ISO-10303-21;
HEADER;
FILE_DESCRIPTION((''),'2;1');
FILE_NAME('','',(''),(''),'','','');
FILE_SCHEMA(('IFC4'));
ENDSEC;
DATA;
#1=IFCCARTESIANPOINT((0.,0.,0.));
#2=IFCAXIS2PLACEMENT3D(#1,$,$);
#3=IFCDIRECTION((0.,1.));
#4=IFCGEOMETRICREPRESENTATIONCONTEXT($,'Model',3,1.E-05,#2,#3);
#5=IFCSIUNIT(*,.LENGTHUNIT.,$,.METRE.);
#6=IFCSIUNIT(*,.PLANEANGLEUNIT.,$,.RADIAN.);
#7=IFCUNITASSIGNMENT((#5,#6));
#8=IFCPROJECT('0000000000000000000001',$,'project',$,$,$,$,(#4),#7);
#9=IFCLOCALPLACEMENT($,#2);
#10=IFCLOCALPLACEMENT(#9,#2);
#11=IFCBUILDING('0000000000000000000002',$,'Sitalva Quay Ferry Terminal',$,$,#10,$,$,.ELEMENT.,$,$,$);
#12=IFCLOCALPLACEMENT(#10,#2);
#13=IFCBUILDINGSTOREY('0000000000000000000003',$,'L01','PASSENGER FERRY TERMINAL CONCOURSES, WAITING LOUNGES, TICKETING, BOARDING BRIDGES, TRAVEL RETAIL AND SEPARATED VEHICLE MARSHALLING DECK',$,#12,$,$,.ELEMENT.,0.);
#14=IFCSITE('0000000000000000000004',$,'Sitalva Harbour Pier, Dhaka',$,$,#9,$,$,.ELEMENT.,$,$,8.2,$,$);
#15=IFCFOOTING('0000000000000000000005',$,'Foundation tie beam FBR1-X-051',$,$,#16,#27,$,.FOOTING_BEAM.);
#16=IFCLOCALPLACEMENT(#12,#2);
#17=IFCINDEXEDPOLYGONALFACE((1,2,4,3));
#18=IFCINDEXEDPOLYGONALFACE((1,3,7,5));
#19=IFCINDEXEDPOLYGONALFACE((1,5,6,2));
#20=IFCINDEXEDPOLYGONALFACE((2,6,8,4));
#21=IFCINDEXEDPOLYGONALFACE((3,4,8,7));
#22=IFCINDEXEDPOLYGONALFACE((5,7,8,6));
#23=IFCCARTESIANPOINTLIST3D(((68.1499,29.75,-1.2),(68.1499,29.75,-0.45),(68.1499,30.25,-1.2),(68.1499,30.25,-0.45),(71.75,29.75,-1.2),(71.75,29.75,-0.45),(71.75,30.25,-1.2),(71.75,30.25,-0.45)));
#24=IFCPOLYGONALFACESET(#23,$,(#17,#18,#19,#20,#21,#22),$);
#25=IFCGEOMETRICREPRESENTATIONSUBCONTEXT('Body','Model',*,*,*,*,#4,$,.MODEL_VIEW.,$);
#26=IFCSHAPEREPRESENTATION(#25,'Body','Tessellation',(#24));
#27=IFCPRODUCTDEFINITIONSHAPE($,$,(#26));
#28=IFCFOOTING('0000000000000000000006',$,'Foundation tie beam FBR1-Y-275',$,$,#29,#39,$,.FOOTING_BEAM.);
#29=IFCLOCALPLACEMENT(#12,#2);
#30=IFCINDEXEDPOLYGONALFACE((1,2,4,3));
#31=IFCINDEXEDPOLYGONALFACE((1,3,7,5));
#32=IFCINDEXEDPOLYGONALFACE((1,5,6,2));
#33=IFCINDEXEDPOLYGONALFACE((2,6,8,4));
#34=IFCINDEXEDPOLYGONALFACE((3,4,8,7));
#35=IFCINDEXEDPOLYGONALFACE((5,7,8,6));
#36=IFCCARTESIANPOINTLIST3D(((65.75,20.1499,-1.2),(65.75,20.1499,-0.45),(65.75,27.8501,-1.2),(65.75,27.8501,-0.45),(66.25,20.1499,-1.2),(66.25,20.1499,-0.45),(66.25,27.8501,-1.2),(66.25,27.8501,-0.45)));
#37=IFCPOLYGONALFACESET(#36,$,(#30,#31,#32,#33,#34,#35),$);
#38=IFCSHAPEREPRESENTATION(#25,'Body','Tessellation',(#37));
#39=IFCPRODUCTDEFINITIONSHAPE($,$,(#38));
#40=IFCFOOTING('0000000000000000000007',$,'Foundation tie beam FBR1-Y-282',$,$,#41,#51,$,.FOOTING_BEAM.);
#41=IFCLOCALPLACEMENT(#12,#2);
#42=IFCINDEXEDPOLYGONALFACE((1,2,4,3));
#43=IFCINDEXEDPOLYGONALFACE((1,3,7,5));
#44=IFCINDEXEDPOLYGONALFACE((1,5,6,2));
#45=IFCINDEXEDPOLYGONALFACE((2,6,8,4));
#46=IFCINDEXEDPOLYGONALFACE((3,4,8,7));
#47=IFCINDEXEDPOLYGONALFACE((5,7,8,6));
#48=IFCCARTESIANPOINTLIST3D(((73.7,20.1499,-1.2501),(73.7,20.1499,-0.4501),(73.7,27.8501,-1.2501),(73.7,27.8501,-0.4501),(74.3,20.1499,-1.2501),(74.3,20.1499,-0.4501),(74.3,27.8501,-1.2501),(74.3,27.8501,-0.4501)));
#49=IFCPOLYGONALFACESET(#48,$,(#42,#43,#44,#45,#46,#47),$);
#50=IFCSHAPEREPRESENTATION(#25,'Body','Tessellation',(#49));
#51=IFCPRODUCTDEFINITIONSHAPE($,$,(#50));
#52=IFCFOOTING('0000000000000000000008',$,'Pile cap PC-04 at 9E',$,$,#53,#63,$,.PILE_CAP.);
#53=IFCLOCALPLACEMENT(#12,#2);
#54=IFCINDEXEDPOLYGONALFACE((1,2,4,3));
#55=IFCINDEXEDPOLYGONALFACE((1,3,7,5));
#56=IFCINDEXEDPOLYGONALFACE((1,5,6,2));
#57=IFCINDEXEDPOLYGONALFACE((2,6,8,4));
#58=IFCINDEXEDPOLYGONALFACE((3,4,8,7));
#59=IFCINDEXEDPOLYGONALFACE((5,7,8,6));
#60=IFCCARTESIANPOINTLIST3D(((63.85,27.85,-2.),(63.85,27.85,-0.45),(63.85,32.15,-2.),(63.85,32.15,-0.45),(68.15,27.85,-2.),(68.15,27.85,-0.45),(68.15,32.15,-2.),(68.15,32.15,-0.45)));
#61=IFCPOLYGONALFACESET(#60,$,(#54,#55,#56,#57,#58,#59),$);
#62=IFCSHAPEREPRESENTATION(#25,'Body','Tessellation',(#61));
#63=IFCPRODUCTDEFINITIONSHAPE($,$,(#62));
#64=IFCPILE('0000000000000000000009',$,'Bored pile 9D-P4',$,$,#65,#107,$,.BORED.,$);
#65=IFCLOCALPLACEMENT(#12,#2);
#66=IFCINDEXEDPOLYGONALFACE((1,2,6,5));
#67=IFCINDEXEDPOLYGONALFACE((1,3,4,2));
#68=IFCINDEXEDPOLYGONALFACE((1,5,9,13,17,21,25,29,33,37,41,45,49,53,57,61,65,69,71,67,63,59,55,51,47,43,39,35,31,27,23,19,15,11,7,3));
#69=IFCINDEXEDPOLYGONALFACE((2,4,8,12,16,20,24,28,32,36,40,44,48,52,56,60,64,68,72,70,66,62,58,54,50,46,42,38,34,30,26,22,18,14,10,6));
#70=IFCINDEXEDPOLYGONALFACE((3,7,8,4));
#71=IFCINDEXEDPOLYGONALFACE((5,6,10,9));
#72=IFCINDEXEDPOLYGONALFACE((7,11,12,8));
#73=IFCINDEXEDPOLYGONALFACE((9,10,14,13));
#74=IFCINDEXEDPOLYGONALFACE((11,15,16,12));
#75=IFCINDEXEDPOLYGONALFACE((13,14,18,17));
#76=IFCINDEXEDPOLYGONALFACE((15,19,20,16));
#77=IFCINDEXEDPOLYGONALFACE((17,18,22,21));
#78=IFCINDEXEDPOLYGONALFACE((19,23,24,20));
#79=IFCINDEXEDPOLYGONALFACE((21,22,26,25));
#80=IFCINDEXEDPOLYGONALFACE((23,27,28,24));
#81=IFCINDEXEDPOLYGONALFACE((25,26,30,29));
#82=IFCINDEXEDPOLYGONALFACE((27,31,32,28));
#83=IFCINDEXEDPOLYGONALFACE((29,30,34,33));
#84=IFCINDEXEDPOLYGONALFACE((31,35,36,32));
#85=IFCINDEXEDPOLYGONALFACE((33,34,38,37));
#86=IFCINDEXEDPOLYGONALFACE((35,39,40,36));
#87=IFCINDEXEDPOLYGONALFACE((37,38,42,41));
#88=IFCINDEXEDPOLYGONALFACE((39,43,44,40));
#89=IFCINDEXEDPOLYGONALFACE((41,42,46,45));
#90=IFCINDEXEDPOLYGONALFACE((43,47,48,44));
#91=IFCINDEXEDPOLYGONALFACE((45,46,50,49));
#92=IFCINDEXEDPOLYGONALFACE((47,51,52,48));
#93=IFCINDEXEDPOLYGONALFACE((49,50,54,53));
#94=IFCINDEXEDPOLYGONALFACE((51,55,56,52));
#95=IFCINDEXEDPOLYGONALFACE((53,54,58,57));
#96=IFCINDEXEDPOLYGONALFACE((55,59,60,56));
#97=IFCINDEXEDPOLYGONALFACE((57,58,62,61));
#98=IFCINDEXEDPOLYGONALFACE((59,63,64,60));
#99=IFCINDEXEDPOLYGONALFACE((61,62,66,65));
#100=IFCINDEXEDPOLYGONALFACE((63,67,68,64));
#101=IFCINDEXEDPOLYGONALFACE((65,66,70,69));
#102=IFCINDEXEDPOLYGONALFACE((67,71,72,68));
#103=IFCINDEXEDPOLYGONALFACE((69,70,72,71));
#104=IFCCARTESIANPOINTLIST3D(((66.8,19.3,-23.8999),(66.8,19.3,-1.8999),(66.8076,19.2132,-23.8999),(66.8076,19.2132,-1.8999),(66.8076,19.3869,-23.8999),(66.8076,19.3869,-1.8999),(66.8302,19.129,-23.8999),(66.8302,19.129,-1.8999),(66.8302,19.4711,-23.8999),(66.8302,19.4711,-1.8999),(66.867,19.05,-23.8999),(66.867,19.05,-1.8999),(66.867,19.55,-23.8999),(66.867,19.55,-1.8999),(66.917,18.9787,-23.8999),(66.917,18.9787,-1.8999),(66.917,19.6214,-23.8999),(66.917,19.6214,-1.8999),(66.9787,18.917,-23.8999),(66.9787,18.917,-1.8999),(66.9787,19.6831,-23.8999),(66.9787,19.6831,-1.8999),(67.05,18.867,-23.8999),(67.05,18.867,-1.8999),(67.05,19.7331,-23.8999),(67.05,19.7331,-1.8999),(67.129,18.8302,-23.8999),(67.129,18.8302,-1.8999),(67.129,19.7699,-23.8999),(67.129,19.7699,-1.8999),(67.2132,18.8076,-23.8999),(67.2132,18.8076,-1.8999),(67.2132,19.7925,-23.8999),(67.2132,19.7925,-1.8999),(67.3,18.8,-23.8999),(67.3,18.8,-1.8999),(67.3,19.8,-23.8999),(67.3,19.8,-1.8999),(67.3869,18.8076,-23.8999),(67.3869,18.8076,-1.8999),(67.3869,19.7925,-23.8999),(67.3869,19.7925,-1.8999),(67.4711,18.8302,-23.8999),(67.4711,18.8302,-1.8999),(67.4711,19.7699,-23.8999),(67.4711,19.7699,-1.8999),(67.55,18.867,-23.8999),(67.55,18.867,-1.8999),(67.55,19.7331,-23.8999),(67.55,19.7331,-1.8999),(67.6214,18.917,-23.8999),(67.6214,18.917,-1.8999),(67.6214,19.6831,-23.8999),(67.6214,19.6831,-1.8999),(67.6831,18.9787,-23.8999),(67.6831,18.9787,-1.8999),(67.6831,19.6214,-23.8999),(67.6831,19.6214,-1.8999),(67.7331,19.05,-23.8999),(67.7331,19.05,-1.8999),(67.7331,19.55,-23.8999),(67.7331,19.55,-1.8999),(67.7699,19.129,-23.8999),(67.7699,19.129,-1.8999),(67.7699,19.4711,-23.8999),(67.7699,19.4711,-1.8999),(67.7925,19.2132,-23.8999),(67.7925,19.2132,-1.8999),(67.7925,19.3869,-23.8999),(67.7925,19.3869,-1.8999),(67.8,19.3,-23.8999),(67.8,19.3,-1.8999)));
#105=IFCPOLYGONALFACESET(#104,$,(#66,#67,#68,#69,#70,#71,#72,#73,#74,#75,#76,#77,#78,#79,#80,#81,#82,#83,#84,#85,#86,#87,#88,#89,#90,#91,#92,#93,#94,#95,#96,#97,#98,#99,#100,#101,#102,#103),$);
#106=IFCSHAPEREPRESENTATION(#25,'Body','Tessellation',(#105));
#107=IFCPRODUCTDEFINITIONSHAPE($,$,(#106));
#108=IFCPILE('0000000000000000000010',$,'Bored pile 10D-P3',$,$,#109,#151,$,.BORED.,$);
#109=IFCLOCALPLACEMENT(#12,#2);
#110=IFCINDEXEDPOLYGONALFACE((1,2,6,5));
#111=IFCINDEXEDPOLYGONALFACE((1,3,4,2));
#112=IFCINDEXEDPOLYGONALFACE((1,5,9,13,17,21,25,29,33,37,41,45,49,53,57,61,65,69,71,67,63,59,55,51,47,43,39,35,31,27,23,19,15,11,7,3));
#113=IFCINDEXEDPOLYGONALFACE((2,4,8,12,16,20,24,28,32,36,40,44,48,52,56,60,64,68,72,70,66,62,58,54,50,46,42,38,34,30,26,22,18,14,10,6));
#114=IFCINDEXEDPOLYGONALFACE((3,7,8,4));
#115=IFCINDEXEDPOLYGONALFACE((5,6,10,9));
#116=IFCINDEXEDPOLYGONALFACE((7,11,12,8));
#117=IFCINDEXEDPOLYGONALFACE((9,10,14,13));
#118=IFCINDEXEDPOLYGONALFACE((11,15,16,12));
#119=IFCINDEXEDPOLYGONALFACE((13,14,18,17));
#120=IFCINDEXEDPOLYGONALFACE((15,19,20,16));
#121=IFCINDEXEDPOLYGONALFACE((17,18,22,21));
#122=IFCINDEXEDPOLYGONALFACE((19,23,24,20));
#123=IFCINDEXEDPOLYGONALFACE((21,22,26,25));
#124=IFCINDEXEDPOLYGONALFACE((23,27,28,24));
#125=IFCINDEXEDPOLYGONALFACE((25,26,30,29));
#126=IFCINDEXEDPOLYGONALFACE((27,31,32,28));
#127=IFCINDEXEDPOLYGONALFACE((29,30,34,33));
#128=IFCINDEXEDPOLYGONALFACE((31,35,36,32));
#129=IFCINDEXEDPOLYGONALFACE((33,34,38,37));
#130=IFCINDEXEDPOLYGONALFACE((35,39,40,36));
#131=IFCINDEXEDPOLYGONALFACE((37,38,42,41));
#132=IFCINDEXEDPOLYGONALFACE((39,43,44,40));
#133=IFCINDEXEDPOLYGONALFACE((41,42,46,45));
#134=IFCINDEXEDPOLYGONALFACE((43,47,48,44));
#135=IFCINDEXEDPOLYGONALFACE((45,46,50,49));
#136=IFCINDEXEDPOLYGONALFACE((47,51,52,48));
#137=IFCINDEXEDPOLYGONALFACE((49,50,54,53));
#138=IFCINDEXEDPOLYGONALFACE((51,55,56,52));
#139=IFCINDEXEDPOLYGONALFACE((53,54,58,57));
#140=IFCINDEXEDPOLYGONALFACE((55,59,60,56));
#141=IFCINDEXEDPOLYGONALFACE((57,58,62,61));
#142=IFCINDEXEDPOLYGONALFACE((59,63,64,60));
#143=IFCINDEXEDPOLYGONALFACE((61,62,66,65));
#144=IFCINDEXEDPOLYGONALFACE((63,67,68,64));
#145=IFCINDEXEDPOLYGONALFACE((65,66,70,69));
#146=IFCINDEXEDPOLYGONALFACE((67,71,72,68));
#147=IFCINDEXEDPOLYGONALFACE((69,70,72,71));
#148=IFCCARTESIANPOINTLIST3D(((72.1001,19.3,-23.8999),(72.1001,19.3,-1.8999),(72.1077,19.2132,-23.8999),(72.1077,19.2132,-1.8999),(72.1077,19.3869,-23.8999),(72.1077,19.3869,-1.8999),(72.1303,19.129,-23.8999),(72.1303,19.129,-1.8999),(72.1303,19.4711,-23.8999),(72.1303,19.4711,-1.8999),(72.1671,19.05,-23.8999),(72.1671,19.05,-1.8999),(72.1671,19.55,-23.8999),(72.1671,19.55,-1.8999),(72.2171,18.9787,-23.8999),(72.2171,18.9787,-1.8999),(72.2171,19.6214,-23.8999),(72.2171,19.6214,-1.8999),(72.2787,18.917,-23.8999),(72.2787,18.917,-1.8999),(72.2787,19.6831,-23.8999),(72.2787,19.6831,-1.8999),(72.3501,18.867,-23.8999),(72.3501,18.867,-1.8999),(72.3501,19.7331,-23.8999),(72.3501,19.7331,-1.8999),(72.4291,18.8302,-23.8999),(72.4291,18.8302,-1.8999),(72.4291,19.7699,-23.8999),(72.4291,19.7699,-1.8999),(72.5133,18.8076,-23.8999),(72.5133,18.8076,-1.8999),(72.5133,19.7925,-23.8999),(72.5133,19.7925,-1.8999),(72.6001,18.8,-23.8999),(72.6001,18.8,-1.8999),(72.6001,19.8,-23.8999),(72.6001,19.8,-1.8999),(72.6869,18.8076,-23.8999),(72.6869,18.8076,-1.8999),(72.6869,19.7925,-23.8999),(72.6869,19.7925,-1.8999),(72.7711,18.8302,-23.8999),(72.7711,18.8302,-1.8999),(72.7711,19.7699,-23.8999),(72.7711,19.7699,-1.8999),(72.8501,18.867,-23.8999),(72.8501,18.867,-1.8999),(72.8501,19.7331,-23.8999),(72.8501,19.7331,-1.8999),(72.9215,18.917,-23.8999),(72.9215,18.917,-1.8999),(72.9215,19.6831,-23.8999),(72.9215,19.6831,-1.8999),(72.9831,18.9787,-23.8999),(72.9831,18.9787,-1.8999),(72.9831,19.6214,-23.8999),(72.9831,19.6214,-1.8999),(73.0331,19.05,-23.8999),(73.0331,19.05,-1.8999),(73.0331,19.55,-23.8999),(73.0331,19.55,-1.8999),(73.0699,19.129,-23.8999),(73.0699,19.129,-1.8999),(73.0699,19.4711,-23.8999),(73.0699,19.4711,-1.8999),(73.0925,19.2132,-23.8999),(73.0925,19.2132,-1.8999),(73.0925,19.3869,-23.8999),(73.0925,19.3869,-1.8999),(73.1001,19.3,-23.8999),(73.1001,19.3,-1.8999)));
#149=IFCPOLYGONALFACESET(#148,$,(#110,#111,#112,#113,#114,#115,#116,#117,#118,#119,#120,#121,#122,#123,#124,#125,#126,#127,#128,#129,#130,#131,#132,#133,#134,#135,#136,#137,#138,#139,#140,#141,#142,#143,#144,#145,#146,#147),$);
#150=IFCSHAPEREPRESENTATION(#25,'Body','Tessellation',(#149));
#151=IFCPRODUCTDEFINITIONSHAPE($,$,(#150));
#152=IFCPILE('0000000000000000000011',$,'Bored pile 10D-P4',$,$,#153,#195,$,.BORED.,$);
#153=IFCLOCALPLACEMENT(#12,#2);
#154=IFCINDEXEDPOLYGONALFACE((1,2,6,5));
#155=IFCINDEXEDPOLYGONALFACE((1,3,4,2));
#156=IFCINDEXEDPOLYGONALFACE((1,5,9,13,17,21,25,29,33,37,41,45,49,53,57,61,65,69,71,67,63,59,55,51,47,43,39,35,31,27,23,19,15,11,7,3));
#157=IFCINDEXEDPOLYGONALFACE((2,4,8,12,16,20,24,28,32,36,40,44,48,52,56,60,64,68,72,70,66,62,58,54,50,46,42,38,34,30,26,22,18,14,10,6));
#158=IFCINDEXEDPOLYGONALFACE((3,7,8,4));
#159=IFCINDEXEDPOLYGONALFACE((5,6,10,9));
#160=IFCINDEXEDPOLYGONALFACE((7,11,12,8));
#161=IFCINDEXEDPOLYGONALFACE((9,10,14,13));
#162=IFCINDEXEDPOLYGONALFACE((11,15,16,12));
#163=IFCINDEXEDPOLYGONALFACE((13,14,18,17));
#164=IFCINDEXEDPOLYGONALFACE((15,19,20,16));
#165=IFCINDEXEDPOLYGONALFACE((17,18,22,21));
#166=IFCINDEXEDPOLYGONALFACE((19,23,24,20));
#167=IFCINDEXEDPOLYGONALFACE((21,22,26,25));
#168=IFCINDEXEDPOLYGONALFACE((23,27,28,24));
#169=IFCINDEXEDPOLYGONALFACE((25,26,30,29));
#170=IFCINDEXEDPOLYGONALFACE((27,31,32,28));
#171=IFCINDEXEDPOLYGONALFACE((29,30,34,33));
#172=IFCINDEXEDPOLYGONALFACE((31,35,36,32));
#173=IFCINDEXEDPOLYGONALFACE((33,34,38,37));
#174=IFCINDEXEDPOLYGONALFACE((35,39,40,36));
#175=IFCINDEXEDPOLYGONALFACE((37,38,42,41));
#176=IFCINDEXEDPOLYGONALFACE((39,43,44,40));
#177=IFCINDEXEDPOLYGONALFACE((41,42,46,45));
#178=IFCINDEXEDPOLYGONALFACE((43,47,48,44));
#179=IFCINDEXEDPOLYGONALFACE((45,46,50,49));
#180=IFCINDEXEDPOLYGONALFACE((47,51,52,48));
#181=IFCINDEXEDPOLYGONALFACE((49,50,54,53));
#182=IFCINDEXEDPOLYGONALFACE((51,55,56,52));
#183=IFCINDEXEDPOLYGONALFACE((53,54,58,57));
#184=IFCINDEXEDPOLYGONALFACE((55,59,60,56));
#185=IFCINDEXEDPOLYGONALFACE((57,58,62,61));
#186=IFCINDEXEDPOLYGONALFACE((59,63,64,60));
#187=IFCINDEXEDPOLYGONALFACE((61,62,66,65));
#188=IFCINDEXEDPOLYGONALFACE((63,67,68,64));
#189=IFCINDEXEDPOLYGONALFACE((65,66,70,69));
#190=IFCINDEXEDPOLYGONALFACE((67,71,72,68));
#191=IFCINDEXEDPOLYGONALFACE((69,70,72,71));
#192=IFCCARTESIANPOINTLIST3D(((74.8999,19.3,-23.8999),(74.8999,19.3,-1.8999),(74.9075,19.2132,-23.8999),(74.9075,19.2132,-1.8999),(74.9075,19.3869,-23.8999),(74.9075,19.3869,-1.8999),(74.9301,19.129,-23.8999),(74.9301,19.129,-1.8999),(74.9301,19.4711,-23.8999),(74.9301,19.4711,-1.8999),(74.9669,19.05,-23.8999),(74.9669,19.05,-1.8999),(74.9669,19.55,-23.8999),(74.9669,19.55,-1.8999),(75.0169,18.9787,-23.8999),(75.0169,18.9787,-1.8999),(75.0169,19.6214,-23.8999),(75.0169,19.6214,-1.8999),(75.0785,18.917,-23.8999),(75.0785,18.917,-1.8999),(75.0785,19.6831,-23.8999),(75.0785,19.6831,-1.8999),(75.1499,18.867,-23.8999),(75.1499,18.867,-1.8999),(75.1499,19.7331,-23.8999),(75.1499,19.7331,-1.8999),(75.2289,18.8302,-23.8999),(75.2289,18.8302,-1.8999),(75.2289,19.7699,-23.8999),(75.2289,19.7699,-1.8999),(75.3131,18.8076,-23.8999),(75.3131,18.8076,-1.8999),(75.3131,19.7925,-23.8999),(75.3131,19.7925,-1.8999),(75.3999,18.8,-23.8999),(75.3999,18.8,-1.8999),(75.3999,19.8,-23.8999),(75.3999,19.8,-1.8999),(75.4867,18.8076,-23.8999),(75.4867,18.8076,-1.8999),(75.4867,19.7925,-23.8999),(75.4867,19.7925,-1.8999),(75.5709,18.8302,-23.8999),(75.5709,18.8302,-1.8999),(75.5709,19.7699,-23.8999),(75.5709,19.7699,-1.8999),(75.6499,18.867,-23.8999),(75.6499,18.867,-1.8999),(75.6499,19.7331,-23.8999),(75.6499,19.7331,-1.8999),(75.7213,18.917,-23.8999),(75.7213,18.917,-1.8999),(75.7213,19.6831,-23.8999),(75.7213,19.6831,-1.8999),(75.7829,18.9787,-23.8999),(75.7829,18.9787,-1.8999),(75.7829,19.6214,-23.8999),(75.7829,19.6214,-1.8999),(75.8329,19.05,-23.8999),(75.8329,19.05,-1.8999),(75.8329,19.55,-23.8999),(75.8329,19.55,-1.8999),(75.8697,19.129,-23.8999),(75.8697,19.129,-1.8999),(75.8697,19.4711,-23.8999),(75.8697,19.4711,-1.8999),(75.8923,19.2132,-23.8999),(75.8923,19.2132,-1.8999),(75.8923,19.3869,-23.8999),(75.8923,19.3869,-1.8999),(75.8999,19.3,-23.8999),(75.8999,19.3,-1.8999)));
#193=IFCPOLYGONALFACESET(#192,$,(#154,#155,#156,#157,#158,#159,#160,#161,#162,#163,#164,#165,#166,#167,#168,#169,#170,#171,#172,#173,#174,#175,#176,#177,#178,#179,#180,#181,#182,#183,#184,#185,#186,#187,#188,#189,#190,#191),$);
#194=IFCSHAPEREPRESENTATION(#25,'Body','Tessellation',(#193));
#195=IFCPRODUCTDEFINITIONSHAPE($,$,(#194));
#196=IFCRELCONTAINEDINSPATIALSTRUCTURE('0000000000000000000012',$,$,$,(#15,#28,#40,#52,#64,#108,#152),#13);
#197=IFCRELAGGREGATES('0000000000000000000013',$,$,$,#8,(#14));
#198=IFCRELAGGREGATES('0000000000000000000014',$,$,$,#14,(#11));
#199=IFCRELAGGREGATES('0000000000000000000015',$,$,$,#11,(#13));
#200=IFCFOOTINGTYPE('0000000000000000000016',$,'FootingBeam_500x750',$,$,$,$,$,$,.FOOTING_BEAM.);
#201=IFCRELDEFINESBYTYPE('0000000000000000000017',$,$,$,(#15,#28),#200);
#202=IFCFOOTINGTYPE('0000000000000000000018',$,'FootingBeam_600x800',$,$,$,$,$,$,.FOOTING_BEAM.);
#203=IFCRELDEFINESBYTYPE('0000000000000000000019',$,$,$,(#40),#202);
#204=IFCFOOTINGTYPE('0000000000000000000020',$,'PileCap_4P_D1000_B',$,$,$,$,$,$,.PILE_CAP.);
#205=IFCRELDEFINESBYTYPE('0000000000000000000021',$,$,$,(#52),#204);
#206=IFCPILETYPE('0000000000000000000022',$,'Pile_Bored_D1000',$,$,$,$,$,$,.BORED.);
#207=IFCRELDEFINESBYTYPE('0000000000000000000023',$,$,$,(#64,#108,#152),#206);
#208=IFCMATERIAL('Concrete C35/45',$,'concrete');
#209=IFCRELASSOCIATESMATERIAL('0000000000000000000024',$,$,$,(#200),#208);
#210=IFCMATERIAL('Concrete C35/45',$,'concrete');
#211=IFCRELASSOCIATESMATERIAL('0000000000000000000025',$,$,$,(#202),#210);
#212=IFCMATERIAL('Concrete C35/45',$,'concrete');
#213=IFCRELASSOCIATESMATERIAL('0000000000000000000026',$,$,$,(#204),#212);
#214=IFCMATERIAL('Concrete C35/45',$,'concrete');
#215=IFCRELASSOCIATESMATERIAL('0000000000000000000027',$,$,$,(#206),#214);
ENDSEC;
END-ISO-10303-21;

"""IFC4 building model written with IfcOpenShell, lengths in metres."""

from ifc_helpers import new_model, si_unit, direction, frame, origin, origin_2d, place, context, subcontext, project, spatial, rectangle, circle, extrude, material, material_profile, profile_set, type_object, element, save


model = new_model("IFC4")

# Units and contexts
model_context = context("Model", 3, precision=1e-05, world=origin(), true_north=direction((0.0, 1.0)))
body_context = subcontext(model_context, "Body", "Model", "MODEL_VIEW")
ifc_project = project(units=[si_unit("LENGTHUNIT", "METRE"), si_unit("PLANEANGLEUNIT", "RADIAN")], contexts=[model_context])

# Site, building, storey
site_placement = place(None, origin())
site = spatial("IfcSite", under=ifc_project, at=site_placement, Name="Sitalva Harbour Pier, Dhaka", CompositionType="ELEMENT", RefElevation=8.2)
building_placement = place(site_placement, origin())
building = spatial("IfcBuilding", under=site, at=building_placement, Name="Sitalva Quay Ferry Terminal", CompositionType="ELEMENT")
storey_placement = place(building_placement, origin())
storey = spatial("IfcBuildingStorey", under=building, at=storey_placement, Name="L01", Description="PASSENGER FERRY TERMINAL CONCOURSES, WAITING LOUNGES, TICKETING, BOARDING BRIDGES, TRAVEL RETAIL AND SEPARATED VEHICLE MARSHALLING DECK", CompositionType="ELEMENT", Elevation=0.0)

# Footings
ifc_material_1 = material(Name="Concrete C35/45", Category="concrete")
ifc_material_profile_1 = material_profile(ifc_material_1, rectangle(XDim=0.5, YDim=0.75, at=origin_2d()), Name="RC500x750")
ifc_profile_set_1 = profile_set([ifc_material_profile_1], Name="Concrete C35/45")
footing_type_1 = type_object("IfcFootingType", Name="FootingBeam_500x750", PredefinedType="FOOTING_BEAM", material=ifc_profile_set_1)
footing_1_placement = place(storey_placement, frame((68.1499, 30.0, -0.825), z_axis=(1.0, 0.0, 0.0), x_axis=(0.0, 1.0, 0.0)))
element("IfcFooting", 1, at=footing_1_placement, inside=storey, type_object=footing_type_1, Name="Foundation tie beam FBR1-X-051", PredefinedType="FOOTING_BEAM", context=body_context, shape_type="SweptSolid", body=[
    extrude(rectangle(XDim=0.5, YDim=0.75, at=origin_2d()), origin(), (0.0, 0.0, 1.0), 3.6001),
])
footing_2_placement = place(storey_placement, frame((66.0, 20.1499, -0.825), z_axis=(0.0, 1.0, 0.0), x_axis=(-1.0, 0.0, 0.0)))
element("IfcFooting", 2, at=footing_2_placement, inside=storey, type_object=footing_type_1, Name="Foundation tie beam FBR1-Y-275", PredefinedType="FOOTING_BEAM", context=body_context, shape_type="SweptSolid", body=[
    extrude(rectangle(XDim=0.5, YDim=0.75, at=origin_2d()), origin(), (0.0, 0.0, 1.0), 7.7002),
])
ifc_material_2 = material(Name="Concrete C35/45", Category="concrete")
ifc_material_profile_2 = material_profile(ifc_material_2, rectangle(XDim=0.6001, YDim=0.8, at=origin_2d()), Name="RC600x800")
ifc_profile_set_2 = profile_set([ifc_material_profile_2], Name="Concrete C35/45")
footing_type_2 = type_object("IfcFootingType", Name="FootingBeam_600x800", PredefinedType="FOOTING_BEAM", material=ifc_profile_set_2)
footing_3_placement = place(storey_placement, frame((74.0, 20.1499, -0.8501), z_axis=(0.0, 1.0, 0.0), x_axis=(-1.0, 0.0, 0.0)))
element("IfcFooting", 3, at=footing_3_placement, inside=storey, type_object=footing_type_2, Name="Foundation tie beam FBR1-Y-282", PredefinedType="FOOTING_BEAM", context=body_context, shape_type="SweptSolid", body=[
    extrude(rectangle(XDim=0.6001, YDim=0.8, at=origin_2d()), origin(), (0.0, 0.0, 1.0), 7.7002),
])
ifc_material_3 = material(Name="Concrete C35/45", Category="concrete")
footing_type_3 = type_object("IfcFootingType", Name="PileCap_4P_D1000_B", PredefinedType="PILE_CAP", material=ifc_material_3)
footing_4_placement = place(storey_placement, frame((66.0, 30.0, -2.0), z_axis=(0.0, 0.0, 1.0), x_axis=(1.0, 0.0, 0.0)))
element("IfcFooting", 4, at=footing_4_placement, inside=storey, type_object=footing_type_3, Name="Pile cap PC-04 at 9E", PredefinedType="PILE_CAP", context=body_context, shape_type="SweptSolid", body=[
    extrude(rectangle(XDim=4.3, YDim=4.3, at=origin_2d()), origin(), (0.0, 0.0, 1.0), 1.55),
])

# Piles
ifc_material_4 = material(Name="Concrete C35/45", Category="concrete")
ifc_material_profile_3 = material_profile(ifc_material_4, circle(Radius=0.5, at=origin_2d()), Name="PILE-D1000")
ifc_profile_set_3 = profile_set([ifc_material_profile_3], Name="Concrete C35/45")
pile_type = type_object("IfcPileType", Name="Pile_Bored_D1000", PredefinedType="BORED", material=ifc_profile_set_3)
for number, where, z_axis, x_axis, name in (
    (5, (67.3, 19.3, -1.8999), (0.0, 0.0, -1.0), (1.0, 0.0, 0.0), "Bored pile 9D-P4"),
    (6, (72.6001, 19.3, -1.8999), (0.0, 0.0, -1.0), (1.0, 0.0, 0.0), "Bored pile 10D-P3"),
    (7, (75.3999, 19.3, -1.8999), (0.0, 0.0, -1.0), (1.0, 0.0, 0.0), "Bored pile 10D-P4"),
):
    element("IfcPile", number, at=place(storey_placement, frame(where, z_axis=z_axis, x_axis=x_axis)), inside=storey, type_object=pile_type, Name=name, PredefinedType="BORED", context=body_context, shape_type="SweptSolid", body=[
        extrude(circle(Radius=0.5, at=origin_2d()), origin(), (0.0, 0.0, 1.0), 22.0),
    ])

save(model, "model.ifc")
